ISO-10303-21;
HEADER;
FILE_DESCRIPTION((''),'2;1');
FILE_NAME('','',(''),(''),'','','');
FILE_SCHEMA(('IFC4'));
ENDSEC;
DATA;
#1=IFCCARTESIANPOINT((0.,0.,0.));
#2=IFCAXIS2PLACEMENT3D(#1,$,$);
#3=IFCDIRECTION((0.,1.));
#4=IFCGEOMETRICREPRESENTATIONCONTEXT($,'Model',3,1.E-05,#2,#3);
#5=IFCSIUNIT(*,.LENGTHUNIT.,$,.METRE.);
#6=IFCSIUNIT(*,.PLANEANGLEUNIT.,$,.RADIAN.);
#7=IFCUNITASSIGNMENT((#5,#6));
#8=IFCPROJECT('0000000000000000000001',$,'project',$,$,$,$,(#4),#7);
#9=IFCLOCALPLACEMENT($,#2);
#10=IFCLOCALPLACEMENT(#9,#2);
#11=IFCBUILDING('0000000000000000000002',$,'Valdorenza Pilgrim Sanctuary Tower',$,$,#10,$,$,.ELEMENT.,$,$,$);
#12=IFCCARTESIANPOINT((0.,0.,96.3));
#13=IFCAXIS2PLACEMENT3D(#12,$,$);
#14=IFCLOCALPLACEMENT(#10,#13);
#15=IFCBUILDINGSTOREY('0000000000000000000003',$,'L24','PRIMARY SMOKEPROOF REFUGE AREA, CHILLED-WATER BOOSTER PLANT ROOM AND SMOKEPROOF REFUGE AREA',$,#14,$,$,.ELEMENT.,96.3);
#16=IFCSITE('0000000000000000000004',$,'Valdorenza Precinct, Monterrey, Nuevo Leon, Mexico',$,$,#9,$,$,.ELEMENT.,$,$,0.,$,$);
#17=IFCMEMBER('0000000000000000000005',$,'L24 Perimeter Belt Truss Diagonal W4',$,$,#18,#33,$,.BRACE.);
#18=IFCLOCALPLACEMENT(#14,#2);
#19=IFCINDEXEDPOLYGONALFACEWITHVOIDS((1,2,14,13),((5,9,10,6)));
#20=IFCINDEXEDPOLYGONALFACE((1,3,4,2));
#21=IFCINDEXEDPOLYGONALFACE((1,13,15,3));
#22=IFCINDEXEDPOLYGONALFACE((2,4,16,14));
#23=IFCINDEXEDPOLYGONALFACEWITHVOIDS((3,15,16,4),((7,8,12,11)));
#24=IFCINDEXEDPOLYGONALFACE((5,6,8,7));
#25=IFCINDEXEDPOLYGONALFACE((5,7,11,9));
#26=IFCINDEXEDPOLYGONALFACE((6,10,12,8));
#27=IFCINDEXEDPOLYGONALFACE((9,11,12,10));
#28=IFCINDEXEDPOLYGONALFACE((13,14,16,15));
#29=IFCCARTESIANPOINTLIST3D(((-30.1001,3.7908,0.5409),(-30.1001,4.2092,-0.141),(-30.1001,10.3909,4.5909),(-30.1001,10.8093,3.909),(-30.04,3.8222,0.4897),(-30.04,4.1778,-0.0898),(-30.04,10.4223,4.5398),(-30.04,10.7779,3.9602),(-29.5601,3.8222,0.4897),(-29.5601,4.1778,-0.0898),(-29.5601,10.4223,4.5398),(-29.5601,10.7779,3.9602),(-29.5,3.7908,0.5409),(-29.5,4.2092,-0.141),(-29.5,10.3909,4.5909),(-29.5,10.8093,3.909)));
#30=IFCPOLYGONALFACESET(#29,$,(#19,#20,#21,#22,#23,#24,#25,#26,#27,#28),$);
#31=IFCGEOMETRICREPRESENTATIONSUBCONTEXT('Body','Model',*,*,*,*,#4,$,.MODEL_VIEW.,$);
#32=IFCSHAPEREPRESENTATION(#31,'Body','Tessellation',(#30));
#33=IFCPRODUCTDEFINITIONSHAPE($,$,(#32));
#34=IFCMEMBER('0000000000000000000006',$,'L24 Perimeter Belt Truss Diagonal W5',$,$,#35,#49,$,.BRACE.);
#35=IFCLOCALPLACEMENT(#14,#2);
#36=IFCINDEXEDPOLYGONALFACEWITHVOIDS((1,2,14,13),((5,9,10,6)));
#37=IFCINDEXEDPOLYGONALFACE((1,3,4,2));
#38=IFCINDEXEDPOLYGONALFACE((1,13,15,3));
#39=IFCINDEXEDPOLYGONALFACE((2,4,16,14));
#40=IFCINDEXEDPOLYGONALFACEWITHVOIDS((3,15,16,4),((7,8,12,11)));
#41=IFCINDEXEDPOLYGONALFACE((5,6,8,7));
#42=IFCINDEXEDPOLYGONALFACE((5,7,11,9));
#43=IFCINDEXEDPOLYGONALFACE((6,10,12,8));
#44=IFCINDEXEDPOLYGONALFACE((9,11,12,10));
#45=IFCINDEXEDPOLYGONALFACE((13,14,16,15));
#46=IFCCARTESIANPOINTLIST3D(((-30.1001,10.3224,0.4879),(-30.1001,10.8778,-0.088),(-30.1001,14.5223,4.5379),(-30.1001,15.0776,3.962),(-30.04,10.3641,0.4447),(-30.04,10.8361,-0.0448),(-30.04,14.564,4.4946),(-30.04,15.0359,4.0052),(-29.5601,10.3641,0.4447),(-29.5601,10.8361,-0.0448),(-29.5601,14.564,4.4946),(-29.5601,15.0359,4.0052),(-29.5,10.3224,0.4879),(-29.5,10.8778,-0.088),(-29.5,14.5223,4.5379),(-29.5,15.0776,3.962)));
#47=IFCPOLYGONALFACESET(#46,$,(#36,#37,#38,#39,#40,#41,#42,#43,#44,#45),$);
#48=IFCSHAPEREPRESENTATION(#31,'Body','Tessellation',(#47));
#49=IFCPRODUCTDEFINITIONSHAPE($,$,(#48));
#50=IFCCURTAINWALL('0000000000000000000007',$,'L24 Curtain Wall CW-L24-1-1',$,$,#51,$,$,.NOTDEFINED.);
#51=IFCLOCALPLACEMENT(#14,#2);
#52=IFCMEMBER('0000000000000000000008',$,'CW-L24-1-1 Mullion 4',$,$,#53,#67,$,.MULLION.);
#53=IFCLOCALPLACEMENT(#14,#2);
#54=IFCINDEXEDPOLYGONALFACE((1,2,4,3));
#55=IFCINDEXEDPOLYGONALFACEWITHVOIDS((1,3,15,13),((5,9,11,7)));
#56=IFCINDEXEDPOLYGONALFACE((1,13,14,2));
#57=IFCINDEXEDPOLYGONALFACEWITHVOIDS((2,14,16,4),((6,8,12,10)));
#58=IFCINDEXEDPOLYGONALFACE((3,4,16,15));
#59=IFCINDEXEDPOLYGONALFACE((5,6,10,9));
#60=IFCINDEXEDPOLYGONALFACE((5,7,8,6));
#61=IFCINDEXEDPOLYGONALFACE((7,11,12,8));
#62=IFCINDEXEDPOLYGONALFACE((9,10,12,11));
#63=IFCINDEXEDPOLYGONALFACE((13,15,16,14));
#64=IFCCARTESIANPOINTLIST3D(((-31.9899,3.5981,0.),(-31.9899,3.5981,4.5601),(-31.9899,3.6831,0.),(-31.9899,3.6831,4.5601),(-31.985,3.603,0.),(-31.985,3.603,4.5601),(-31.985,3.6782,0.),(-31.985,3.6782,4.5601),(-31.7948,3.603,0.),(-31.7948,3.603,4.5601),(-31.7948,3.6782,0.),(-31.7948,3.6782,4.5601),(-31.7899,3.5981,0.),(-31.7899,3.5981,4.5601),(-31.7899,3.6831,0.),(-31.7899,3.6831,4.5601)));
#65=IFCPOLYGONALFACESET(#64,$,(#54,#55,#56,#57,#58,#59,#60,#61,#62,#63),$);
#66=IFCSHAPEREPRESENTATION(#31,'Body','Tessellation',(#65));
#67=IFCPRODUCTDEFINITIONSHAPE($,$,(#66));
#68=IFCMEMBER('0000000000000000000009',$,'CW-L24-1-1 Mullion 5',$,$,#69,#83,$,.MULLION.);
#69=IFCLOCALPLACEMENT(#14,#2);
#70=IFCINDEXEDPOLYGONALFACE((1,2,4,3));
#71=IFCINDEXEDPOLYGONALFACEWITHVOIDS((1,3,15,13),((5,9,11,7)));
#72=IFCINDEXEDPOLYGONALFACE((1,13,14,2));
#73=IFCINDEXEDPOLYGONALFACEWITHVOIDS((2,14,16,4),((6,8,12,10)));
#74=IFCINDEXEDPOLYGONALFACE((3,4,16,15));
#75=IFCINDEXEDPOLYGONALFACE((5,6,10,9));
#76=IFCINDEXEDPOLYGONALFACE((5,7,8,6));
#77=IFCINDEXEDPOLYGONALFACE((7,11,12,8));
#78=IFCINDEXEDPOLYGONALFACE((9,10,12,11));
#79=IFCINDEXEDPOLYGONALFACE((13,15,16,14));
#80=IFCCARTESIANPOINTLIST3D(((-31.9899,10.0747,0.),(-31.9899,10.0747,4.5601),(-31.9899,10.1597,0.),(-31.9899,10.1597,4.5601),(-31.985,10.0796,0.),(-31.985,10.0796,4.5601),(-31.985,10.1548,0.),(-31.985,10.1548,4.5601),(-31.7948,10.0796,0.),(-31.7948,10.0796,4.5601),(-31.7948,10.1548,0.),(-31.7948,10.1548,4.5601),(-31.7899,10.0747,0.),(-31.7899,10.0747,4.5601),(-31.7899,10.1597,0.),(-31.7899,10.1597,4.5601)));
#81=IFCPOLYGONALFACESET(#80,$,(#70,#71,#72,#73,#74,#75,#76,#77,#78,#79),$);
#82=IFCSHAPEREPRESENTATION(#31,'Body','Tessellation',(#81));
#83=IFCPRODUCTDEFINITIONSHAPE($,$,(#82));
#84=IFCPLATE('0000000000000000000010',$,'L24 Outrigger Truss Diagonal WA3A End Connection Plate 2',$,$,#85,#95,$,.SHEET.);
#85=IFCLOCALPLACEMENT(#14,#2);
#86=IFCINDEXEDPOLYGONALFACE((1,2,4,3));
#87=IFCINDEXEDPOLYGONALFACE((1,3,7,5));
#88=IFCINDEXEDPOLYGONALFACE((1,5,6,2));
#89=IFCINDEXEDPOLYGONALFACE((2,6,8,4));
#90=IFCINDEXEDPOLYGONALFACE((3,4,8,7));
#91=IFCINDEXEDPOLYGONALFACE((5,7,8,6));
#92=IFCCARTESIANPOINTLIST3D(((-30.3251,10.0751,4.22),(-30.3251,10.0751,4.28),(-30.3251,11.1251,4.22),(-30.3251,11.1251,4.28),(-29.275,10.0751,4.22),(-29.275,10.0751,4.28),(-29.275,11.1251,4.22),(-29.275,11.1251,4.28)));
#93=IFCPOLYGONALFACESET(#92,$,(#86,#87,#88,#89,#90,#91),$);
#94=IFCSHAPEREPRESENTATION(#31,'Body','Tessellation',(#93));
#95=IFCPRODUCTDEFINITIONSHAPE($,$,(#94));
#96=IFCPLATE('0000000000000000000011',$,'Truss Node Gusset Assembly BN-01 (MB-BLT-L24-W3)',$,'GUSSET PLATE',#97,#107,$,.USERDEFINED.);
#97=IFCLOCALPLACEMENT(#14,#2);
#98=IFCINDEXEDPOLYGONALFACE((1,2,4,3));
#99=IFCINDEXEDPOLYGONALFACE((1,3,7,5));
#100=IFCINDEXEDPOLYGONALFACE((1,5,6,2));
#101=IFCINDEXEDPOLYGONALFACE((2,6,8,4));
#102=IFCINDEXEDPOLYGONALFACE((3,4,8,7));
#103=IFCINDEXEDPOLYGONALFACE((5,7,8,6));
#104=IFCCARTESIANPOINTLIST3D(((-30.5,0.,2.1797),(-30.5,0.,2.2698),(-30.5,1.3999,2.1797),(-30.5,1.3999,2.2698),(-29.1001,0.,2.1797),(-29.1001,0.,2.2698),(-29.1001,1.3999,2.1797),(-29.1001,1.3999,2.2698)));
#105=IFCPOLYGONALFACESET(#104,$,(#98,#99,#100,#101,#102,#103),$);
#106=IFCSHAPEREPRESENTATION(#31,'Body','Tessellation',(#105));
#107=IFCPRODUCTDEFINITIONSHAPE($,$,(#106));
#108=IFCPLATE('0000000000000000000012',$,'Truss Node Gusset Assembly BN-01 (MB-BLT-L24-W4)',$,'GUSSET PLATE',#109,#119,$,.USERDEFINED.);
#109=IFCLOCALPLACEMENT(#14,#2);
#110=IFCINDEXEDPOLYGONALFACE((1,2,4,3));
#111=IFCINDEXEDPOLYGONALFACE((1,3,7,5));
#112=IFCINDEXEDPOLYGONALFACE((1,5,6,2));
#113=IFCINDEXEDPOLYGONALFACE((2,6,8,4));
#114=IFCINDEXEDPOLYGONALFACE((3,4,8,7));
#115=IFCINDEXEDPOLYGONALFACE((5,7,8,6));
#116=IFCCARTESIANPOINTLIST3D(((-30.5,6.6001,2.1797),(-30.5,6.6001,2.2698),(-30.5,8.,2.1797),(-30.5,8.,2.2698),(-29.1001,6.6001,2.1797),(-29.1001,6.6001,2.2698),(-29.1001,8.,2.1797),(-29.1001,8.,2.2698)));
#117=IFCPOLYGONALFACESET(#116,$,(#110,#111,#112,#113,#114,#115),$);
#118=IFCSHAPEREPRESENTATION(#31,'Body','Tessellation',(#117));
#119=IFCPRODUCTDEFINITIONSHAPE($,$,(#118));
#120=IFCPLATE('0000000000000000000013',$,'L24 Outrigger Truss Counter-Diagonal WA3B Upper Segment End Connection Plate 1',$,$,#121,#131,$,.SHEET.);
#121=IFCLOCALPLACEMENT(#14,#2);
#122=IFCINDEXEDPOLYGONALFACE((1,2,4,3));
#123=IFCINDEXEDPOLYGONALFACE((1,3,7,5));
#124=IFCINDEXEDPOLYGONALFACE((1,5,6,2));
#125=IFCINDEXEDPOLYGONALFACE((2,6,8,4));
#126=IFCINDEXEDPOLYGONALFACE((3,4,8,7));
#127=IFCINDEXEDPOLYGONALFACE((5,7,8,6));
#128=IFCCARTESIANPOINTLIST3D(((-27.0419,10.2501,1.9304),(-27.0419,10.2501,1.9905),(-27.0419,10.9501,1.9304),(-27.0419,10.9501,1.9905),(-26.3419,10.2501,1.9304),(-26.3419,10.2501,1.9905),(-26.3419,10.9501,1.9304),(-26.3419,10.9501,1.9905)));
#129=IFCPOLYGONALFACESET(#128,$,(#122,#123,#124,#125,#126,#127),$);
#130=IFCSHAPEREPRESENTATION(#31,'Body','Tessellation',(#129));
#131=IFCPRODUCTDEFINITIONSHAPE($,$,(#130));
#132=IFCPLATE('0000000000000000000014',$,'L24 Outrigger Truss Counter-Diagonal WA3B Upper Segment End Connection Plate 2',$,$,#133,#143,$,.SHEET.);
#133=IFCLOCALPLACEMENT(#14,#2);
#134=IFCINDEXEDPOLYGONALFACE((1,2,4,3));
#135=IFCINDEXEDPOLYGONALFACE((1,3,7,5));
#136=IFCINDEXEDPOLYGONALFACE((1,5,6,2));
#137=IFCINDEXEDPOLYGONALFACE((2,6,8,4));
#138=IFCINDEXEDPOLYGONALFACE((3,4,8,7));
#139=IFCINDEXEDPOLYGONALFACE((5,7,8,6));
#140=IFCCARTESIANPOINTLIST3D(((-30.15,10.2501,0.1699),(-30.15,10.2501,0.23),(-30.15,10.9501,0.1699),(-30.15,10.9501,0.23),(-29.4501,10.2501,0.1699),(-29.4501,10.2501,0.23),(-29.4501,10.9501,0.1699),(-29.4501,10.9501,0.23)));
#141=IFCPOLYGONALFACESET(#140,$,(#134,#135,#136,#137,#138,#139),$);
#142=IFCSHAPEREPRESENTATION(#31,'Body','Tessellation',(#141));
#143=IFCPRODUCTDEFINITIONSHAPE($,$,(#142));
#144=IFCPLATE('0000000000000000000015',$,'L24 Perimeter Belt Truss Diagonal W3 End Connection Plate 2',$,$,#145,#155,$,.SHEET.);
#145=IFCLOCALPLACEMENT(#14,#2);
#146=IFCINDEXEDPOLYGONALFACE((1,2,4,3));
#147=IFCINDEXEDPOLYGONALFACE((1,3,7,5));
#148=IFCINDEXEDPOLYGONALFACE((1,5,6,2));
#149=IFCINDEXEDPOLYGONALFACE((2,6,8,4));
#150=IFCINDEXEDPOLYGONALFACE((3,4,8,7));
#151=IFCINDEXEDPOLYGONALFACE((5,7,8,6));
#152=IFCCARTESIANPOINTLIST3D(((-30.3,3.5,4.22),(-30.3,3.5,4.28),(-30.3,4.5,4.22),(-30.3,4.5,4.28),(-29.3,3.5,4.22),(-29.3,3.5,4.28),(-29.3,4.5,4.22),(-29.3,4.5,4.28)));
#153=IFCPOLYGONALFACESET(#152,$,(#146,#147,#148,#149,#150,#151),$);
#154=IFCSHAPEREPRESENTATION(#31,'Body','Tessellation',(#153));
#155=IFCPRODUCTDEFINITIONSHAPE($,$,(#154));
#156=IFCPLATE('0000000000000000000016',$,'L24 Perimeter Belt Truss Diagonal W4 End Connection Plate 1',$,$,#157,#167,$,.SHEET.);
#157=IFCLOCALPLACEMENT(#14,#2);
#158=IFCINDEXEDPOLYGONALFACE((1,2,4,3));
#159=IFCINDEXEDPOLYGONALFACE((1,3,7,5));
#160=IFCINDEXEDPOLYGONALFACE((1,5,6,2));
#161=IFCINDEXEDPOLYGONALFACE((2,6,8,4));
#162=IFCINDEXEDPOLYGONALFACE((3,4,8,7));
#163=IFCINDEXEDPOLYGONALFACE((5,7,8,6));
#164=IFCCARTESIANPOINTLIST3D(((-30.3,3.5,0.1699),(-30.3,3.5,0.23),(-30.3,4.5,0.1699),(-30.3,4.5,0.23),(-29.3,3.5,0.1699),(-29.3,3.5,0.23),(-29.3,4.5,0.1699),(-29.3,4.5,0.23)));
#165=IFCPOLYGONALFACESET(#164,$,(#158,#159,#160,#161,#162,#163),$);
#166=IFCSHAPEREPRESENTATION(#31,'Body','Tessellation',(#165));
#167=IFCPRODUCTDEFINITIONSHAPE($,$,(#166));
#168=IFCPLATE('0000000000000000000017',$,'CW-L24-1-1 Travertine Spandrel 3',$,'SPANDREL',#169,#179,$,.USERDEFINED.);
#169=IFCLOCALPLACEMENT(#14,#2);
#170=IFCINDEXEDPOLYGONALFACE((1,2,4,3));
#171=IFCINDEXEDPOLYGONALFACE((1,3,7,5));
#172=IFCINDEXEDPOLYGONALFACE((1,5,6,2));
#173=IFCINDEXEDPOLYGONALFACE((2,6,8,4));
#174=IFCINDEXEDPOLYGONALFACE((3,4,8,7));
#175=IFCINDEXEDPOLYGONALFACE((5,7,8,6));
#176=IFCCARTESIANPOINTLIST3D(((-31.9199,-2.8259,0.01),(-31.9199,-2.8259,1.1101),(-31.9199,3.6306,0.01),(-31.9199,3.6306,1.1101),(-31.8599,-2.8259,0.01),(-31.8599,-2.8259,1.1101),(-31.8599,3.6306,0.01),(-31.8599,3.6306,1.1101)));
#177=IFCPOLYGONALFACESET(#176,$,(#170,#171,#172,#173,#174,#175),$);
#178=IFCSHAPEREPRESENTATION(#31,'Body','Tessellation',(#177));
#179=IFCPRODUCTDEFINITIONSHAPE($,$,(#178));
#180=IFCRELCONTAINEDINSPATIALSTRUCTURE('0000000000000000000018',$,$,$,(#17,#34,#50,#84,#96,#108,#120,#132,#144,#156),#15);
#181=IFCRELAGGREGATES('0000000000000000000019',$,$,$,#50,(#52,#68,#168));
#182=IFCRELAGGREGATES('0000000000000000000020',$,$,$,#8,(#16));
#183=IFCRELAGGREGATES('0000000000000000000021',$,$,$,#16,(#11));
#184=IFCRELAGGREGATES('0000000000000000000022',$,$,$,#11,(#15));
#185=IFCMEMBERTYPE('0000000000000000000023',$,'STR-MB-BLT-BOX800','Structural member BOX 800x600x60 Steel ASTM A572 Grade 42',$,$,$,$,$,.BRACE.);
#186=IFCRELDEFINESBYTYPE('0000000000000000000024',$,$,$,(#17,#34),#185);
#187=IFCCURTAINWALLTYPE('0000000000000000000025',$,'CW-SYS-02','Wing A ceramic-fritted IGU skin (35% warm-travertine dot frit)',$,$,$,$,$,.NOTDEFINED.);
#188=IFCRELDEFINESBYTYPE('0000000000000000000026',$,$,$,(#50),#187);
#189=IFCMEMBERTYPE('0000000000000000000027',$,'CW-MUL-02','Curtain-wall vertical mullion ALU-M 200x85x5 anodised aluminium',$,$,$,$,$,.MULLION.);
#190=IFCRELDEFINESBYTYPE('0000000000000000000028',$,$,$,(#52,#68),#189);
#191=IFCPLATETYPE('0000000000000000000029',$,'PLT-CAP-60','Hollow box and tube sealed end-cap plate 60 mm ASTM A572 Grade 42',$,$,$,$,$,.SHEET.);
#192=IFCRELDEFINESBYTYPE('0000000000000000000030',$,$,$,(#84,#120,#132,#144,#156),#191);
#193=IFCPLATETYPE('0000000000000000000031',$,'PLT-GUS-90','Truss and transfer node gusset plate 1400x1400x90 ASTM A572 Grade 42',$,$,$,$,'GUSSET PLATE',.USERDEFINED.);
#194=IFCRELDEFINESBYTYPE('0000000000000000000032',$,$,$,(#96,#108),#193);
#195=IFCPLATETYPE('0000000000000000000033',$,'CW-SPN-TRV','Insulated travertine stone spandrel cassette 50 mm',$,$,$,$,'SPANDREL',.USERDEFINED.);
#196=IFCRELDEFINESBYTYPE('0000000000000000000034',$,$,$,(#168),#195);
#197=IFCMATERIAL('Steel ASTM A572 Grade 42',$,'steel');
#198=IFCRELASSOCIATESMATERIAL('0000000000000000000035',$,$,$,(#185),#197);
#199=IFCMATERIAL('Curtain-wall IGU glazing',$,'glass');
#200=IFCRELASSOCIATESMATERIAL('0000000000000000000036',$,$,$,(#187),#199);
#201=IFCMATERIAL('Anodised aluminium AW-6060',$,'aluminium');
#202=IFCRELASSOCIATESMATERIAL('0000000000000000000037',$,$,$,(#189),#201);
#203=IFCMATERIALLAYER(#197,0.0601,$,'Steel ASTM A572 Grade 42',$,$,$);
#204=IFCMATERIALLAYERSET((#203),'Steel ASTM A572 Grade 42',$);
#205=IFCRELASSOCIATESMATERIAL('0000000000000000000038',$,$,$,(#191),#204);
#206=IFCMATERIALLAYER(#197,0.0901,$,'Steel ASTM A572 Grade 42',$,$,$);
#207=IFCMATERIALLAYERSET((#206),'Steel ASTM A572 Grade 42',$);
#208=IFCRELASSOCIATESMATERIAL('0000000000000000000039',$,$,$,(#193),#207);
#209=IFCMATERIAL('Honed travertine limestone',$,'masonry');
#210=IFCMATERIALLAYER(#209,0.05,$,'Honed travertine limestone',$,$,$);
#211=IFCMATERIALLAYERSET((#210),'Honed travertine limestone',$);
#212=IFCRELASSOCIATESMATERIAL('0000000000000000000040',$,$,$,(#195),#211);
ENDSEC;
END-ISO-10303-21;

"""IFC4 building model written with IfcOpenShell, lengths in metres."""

from ifc_helpers import new_model, si_unit, direction, frame, origin, origin_2d, place, context, subcontext, project, spatial, rectangle, hollow_rectangle, extrude, source, transform, mapped, material, layer, layer_set, material_profile, profile_set, type_object, element, aggregate, save


model = new_model("IFC4")

# Units and contexts
model_context = context("Model", 3, precision=1e-05, world=origin(), true_north=direction((0.0, 1.0)))
body_context = subcontext(model_context, "Body", "Model", "MODEL_VIEW")
ifc_project = project(units=[si_unit("LENGTHUNIT", "METRE"), si_unit("PLANEANGLEUNIT", "RADIAN")], contexts=[model_context])

# Site, building, storey
site_placement = place(None, origin())
site = spatial("IfcSite", under=ifc_project, at=site_placement, Name="Valdorenza Precinct, Monterrey, Nuevo Leon, Mexico", CompositionType="ELEMENT", RefElevation=0.0)
building_placement = place(site_placement, origin())
building = spatial("IfcBuilding", under=site, at=building_placement, Name="Valdorenza Pilgrim Sanctuary Tower", CompositionType="ELEMENT")
storey_placement = place(building_placement, frame((0.0, 0.0, 96.3)))
storey = spatial("IfcBuildingStorey", under=building, at=storey_placement, Name="L24", Description="PRIMARY SMOKEPROOF REFUGE AREA, CHILLED-WATER BOOSTER PLANT ROOM AND SMOKEPROOF REFUGE AREA", CompositionType="ELEMENT", Elevation=96.3)

# Members
ifc_material_1 = material(Name="Steel ASTM A572 Grade 42", Category="steel")
ifc_material_profile_1 = material_profile(ifc_material_1, hollow_rectangle(XDim=0.6001, YDim=0.8, WallThickness=0.0601, at=origin_2d()), Name="BOX 800x600x60")
ifc_profile_set_1 = profile_set([ifc_material_profile_1], Name="Steel ASTM A572 Grade 42")
member_type_1 = type_object("IfcMemberType", Name="STR-MB-BLT-BOX800", Description="Structural member BOX 800x600x60 Steel ASTM A572 Grade 42", PredefinedType="BRACE", material=ifc_profile_set_1)
shared_shape_1 = source(origin(), body_context, "Body", "SweptSolid", [
    extrude(hollow_rectangle(XDim=0.6001, YDim=0.8, WallThickness=0.0601, at=origin_2d()), origin(), (0.0, 0.0, 1.0), 7.7437),
])
member_1_placement = place(storey_placement, frame((-29.8, 4.0, 0.2), z_axis=(0.0, 0.852323, 0.523015), x_axis=(-1.0, 0.0, 0.0)))
element("IfcMember", 1, at=member_1_placement, inside=storey, type_object=member_type_1, Name="L24 Perimeter Belt Truss Diagonal W4", PredefinedType="BRACE", context=body_context, shape_type="MappedRepresentation", body=[
    mapped(shared_shape_1, transform((0.0, 0.0, 0.0), x_axis=(1.0, 0.0, 0.0), y_axis=(0.0, 1.0, 0.0), z_axis=(0.0, 0.0, 1.0), scale=1.0)),
])
shared_shape_2 = source(origin(), body_context, "Body", "SweptSolid", [
    extrude(hollow_rectangle(XDim=0.6001, YDim=0.8, WallThickness=0.0601, at=origin_2d()), origin(), (0.0, 0.0, 1.0), 5.8345),
])
member_2_placement = place(storey_placement, frame((-29.8, 10.6001, 0.2), z_axis=(0.0, 0.719836, 0.694144), x_axis=(-1.0, 0.0, 0.0)))
element("IfcMember", 2, at=member_2_placement, inside=storey, type_object=member_type_1, Name="L24 Perimeter Belt Truss Diagonal W5", PredefinedType="BRACE", context=body_context, shape_type="MappedRepresentation", body=[
    mapped(shared_shape_2, transform((0.0, 0.0, 0.0), x_axis=(1.0, 0.0, 0.0), y_axis=(0.0, 1.0, 0.0), z_axis=(0.0, 0.0, 1.0), scale=1.0)),
])

# Curtain wall, members
ifc_material_2 = material(Name="Curtain-wall IGU glazing", Category="glass")
curtain_wall_type = type_object("IfcCurtainWallType", Name="CW-SYS-02", Description="Wing A ceramic-fritted IGU skin (35% warm-travertine dot frit)", PredefinedType="NOTDEFINED", material=ifc_material_2)
curtain_wall_placement = place(storey_placement, origin())
curtain_wall = element("IfcCurtainWall", 3, at=curtain_wall_placement, inside=storey, type_object=curtain_wall_type, Name="L24 Curtain Wall CW-L24-1-1", PredefinedType="NOTDEFINED")
ifc_material_3 = material(Name="Anodised aluminium AW-6060", Category="aluminium")
ifc_material_profile_2 = material_profile(ifc_material_3, hollow_rectangle(XDim=0.085, YDim=0.2, WallThickness=0.0049, at=origin_2d()), Name="ALU-M 200x85x5")
ifc_profile_set_2 = profile_set([ifc_material_profile_2], Name="Anodised aluminium AW-6060")
member_type_2 = type_object("IfcMemberType", Name="CW-MUL-02", Description="Curtain-wall vertical mullion ALU-M 200x85x5 anodised aluminium", PredefinedType="MULLION", material=ifc_profile_set_2)
shared_shape_3 = source(origin(), body_context, "Body", "SweptSolid", [
    extrude(hollow_rectangle(XDim=0.085, YDim=0.2, WallThickness=0.0049, at=origin_2d()), origin(), (0.0, 0.0, 1.0), 4.5601),
])
member_3_placement = place(storey_placement, frame((-31.8899, 3.6406, 0.0), z_axis=(0.0, 0.0, 1.0), x_axis=(0.0, 1.0, 0.0)))
member_3 = element("IfcMember", 4, at=member_3_placement, type_object=member_type_2, Name="CW-L24-1-1 Mullion 4", PredefinedType="MULLION", context=body_context, shape_type="MappedRepresentation", body=[
    mapped(shared_shape_3, transform((0.0, 0.0, 0.0), x_axis=(1.0, 0.0, 0.0), y_axis=(0.0, 1.0, 0.0), z_axis=(0.0, 0.0, 1.0), scale=1.0)),
])
member_4_placement = place(storey_placement, frame((-31.8899, 10.1172, 0.0), z_axis=(0.0, 0.0, 1.0), x_axis=(0.0, 1.0, 0.0)))
member_4 = element("IfcMember", 5, at=member_4_placement, type_object=member_type_2, Name="CW-L24-1-1 Mullion 5", PredefinedType="MULLION", context=body_context, shape_type="MappedRepresentation", body=[
    mapped(shared_shape_3, transform((0.0, 0.0, 0.0), x_axis=(1.0, 0.0, 0.0), y_axis=(0.0, 1.0, 0.0), z_axis=(0.0, 0.0, 1.0), scale=1.0)),
])

# Plates
ifc_layer_1 = layer(ifc_material_1, 0.0601, Name="Steel ASTM A572 Grade 42")
ifc_layer_set_1 = layer_set([ifc_layer_1], Name="Steel ASTM A572 Grade 42")
plate_type_1 = type_object("IfcPlateType", Name="PLT-CAP-60", Description="Hollow box and tube sealed end-cap plate 60 mm ASTM A572 Grade 42", PredefinedType="SHEET", material=ifc_layer_set_1)
shared_shape_4 = source(origin(), body_context, "Body", "SweptSolid", [
    extrude(rectangle(XDim=1.05, YDim=1.05, at=origin_2d()), origin(), (0.0, 0.0, 1.0), 0.0601),
])
plate_1_placement = place(storey_placement, frame((-29.8, 10.6001, 4.22), z_axis=(0.0, 0.0, 1.0), x_axis=(1.0, 0.0, 0.0)))
element("IfcPlate", 6, at=plate_1_placement, inside=storey, type_object=plate_type_1, Name="L24 Outrigger Truss Diagonal WA3A End Connection Plate 2", PredefinedType="SHEET", context=body_context, shape_type="MappedRepresentation", body=[
    mapped(shared_shape_4, transform((0.0, 0.0, 0.0), x_axis=(1.0, 0.0, 0.0), y_axis=(0.0, 1.0, 0.0), z_axis=(0.0, 0.0, 1.0), scale=1.0)),
])
ifc_layer_2 = layer(ifc_material_1, 0.0901, Name="Steel ASTM A572 Grade 42")
ifc_layer_set_2 = layer_set([ifc_layer_2], Name="Steel ASTM A572 Grade 42")
plate_type_2 = type_object("IfcPlateType", Name="PLT-GUS-90", Description="Truss and transfer node gusset plate 1400x1400x90 ASTM A572 Grade 42", ElementType="GUSSET PLATE", PredefinedType="USERDEFINED", material=ifc_layer_set_2)
shared_shape_5 = source(origin(), body_context, "Body", "SweptSolid", [
    extrude(rectangle(XDim=1.3999, YDim=1.3999, at=origin_2d()), origin(), (0.0, 0.0, 1.0), 0.0901),
])
for number, where, z_axis, x_axis, name in (
    (7, (-29.8, 0.7, 2.1797), (0.0, 0.0, 1.0), (1.0, 0.0, 0.0), "Truss Node Gusset Assembly BN-01 (MB-BLT-L24-W3)"),
    (8, (-29.8, 7.3, 2.1797), (0.0, 0.0, 1.0), (1.0, 0.0, 0.0), "Truss Node Gusset Assembly BN-01 (MB-BLT-L24-W4)"),
):
    element("IfcPlate", number, at=place(storey_placement, frame(where, z_axis=z_axis, x_axis=x_axis)), inside=storey, type_object=plate_type_2, Name=name, ObjectType="GUSSET PLATE", PredefinedType="USERDEFINED", context=body_context, shape_type="MappedRepresentation", body=[
        mapped(shared_shape_5, transform((0.0, 0.0, 0.0), x_axis=(1.0, 0.0, 0.0), y_axis=(0.0, 1.0, 0.0), z_axis=(0.0, 0.0, 1.0), scale=1.0)),
    ])
shared_shape_6 = source(origin(), body_context, "Body", "SweptSolid", [
    extrude(rectangle(XDim=0.7, YDim=0.7, at=origin_2d()), origin(), (0.0, 0.0, 1.0), 0.0601),
])
for number, where, z_axis, x_axis, name in (
    (9, (-26.6919, 10.6001, 1.9304), (0.0, 0.0, 1.0), (1.0, 0.0, 0.0), "L24 Outrigger Truss Counter-Diagonal WA3B Upper Segment End Connection Plate 1"),
    (10, (-29.8, 10.6001, 0.1699), (0.0, 0.0, 1.0), (1.0, 0.0, 0.0), "L24 Outrigger Truss Counter-Diagonal WA3B Upper Segment End Connection Plate 2"),
):
    element("IfcPlate", number, at=place(storey_placement, frame(where, z_axis=z_axis, x_axis=x_axis)), inside=storey, type_object=plate_type_1, Name=name, PredefinedType="SHEET", context=body_context, shape_type="MappedRepresentation", body=[
        mapped(shared_shape_6, transform((0.0, 0.0, 0.0), x_axis=(1.0, 0.0, 0.0), y_axis=(0.0, 1.0, 0.0), z_axis=(0.0, 0.0, 1.0), scale=1.0)),
    ])
shared_shape_7 = source(origin(), body_context, "Body", "SweptSolid", [
    extrude(rectangle(XDim=1.0, YDim=1.0, at=origin_2d()), origin(), (0.0, 0.0, 1.0), 0.0601),
])
for number, where, z_axis, x_axis, name in (
    (11, (-29.8, 4.0, 4.22), (0.0, 0.0, 1.0), (1.0, 0.0, 0.0), "L24 Perimeter Belt Truss Diagonal W3 End Connection Plate 2"),
    (12, (-29.8, 4.0, 0.1699), (0.0, 0.0, 1.0), (1.0, 0.0, 0.0), "L24 Perimeter Belt Truss Diagonal W4 End Connection Plate 1"),
):
    element("IfcPlate", number, at=place(storey_placement, frame(where, z_axis=z_axis, x_axis=x_axis)), inside=storey, type_object=plate_type_1, Name=name, PredefinedType="SHEET", context=body_context, shape_type="MappedRepresentation", body=[
        mapped(shared_shape_7, transform((0.0, 0.0, 0.0), x_axis=(1.0, 0.0, 0.0), y_axis=(0.0, 1.0, 0.0), z_axis=(0.0, 0.0, 1.0), scale=1.0)),
    ])

# Plate
ifc_material_4 = material(Name="Honed travertine limestone", Category="masonry")
ifc_layer_3 = layer(ifc_material_4, 0.05, Name="Honed travertine limestone")
ifc_layer_set_3 = layer_set([ifc_layer_3], Name="Honed travertine limestone")
plate_type_3 = type_object("IfcPlateType", Name="CW-SPN-TRV", Description="Insulated travertine stone spandrel cassette 50 mm", ElementType="SPANDREL", PredefinedType="USERDEFINED", material=ifc_layer_set_3)
shared_shape_8 = source(origin(), body_context, "Body", "SweptSolid", [
    extrude(rectangle(XDim=6.4565, YDim=0.0601, at=origin_2d()), origin(), (0.0, 0.0, 1.0), 1.1001),
])
plate_2_placement = place(storey_placement, frame((-31.8899, 0.4023, 0.01), z_axis=(0.0, 0.0, 1.0), x_axis=(0.0, 1.0, 0.0)))
plate_2 = element("IfcPlate", 13, at=plate_2_placement, type_object=plate_type_3, Name="CW-L24-1-1 Travertine Spandrel 3", ObjectType="SPANDREL", PredefinedType="USERDEFINED", context=body_context, shape_type="MappedRepresentation", body=[
    mapped(shared_shape_8, transform((0.0, 0.0, 0.0), x_axis=(1.0, 0.0, 0.0), y_axis=(0.0, 1.0, 0.0), z_axis=(0.0, 0.0, 1.0), scale=1.0)),
])
aggregate(curtain_wall, [member_3, member_4, plate_2])

save(model, "model.ifc")
